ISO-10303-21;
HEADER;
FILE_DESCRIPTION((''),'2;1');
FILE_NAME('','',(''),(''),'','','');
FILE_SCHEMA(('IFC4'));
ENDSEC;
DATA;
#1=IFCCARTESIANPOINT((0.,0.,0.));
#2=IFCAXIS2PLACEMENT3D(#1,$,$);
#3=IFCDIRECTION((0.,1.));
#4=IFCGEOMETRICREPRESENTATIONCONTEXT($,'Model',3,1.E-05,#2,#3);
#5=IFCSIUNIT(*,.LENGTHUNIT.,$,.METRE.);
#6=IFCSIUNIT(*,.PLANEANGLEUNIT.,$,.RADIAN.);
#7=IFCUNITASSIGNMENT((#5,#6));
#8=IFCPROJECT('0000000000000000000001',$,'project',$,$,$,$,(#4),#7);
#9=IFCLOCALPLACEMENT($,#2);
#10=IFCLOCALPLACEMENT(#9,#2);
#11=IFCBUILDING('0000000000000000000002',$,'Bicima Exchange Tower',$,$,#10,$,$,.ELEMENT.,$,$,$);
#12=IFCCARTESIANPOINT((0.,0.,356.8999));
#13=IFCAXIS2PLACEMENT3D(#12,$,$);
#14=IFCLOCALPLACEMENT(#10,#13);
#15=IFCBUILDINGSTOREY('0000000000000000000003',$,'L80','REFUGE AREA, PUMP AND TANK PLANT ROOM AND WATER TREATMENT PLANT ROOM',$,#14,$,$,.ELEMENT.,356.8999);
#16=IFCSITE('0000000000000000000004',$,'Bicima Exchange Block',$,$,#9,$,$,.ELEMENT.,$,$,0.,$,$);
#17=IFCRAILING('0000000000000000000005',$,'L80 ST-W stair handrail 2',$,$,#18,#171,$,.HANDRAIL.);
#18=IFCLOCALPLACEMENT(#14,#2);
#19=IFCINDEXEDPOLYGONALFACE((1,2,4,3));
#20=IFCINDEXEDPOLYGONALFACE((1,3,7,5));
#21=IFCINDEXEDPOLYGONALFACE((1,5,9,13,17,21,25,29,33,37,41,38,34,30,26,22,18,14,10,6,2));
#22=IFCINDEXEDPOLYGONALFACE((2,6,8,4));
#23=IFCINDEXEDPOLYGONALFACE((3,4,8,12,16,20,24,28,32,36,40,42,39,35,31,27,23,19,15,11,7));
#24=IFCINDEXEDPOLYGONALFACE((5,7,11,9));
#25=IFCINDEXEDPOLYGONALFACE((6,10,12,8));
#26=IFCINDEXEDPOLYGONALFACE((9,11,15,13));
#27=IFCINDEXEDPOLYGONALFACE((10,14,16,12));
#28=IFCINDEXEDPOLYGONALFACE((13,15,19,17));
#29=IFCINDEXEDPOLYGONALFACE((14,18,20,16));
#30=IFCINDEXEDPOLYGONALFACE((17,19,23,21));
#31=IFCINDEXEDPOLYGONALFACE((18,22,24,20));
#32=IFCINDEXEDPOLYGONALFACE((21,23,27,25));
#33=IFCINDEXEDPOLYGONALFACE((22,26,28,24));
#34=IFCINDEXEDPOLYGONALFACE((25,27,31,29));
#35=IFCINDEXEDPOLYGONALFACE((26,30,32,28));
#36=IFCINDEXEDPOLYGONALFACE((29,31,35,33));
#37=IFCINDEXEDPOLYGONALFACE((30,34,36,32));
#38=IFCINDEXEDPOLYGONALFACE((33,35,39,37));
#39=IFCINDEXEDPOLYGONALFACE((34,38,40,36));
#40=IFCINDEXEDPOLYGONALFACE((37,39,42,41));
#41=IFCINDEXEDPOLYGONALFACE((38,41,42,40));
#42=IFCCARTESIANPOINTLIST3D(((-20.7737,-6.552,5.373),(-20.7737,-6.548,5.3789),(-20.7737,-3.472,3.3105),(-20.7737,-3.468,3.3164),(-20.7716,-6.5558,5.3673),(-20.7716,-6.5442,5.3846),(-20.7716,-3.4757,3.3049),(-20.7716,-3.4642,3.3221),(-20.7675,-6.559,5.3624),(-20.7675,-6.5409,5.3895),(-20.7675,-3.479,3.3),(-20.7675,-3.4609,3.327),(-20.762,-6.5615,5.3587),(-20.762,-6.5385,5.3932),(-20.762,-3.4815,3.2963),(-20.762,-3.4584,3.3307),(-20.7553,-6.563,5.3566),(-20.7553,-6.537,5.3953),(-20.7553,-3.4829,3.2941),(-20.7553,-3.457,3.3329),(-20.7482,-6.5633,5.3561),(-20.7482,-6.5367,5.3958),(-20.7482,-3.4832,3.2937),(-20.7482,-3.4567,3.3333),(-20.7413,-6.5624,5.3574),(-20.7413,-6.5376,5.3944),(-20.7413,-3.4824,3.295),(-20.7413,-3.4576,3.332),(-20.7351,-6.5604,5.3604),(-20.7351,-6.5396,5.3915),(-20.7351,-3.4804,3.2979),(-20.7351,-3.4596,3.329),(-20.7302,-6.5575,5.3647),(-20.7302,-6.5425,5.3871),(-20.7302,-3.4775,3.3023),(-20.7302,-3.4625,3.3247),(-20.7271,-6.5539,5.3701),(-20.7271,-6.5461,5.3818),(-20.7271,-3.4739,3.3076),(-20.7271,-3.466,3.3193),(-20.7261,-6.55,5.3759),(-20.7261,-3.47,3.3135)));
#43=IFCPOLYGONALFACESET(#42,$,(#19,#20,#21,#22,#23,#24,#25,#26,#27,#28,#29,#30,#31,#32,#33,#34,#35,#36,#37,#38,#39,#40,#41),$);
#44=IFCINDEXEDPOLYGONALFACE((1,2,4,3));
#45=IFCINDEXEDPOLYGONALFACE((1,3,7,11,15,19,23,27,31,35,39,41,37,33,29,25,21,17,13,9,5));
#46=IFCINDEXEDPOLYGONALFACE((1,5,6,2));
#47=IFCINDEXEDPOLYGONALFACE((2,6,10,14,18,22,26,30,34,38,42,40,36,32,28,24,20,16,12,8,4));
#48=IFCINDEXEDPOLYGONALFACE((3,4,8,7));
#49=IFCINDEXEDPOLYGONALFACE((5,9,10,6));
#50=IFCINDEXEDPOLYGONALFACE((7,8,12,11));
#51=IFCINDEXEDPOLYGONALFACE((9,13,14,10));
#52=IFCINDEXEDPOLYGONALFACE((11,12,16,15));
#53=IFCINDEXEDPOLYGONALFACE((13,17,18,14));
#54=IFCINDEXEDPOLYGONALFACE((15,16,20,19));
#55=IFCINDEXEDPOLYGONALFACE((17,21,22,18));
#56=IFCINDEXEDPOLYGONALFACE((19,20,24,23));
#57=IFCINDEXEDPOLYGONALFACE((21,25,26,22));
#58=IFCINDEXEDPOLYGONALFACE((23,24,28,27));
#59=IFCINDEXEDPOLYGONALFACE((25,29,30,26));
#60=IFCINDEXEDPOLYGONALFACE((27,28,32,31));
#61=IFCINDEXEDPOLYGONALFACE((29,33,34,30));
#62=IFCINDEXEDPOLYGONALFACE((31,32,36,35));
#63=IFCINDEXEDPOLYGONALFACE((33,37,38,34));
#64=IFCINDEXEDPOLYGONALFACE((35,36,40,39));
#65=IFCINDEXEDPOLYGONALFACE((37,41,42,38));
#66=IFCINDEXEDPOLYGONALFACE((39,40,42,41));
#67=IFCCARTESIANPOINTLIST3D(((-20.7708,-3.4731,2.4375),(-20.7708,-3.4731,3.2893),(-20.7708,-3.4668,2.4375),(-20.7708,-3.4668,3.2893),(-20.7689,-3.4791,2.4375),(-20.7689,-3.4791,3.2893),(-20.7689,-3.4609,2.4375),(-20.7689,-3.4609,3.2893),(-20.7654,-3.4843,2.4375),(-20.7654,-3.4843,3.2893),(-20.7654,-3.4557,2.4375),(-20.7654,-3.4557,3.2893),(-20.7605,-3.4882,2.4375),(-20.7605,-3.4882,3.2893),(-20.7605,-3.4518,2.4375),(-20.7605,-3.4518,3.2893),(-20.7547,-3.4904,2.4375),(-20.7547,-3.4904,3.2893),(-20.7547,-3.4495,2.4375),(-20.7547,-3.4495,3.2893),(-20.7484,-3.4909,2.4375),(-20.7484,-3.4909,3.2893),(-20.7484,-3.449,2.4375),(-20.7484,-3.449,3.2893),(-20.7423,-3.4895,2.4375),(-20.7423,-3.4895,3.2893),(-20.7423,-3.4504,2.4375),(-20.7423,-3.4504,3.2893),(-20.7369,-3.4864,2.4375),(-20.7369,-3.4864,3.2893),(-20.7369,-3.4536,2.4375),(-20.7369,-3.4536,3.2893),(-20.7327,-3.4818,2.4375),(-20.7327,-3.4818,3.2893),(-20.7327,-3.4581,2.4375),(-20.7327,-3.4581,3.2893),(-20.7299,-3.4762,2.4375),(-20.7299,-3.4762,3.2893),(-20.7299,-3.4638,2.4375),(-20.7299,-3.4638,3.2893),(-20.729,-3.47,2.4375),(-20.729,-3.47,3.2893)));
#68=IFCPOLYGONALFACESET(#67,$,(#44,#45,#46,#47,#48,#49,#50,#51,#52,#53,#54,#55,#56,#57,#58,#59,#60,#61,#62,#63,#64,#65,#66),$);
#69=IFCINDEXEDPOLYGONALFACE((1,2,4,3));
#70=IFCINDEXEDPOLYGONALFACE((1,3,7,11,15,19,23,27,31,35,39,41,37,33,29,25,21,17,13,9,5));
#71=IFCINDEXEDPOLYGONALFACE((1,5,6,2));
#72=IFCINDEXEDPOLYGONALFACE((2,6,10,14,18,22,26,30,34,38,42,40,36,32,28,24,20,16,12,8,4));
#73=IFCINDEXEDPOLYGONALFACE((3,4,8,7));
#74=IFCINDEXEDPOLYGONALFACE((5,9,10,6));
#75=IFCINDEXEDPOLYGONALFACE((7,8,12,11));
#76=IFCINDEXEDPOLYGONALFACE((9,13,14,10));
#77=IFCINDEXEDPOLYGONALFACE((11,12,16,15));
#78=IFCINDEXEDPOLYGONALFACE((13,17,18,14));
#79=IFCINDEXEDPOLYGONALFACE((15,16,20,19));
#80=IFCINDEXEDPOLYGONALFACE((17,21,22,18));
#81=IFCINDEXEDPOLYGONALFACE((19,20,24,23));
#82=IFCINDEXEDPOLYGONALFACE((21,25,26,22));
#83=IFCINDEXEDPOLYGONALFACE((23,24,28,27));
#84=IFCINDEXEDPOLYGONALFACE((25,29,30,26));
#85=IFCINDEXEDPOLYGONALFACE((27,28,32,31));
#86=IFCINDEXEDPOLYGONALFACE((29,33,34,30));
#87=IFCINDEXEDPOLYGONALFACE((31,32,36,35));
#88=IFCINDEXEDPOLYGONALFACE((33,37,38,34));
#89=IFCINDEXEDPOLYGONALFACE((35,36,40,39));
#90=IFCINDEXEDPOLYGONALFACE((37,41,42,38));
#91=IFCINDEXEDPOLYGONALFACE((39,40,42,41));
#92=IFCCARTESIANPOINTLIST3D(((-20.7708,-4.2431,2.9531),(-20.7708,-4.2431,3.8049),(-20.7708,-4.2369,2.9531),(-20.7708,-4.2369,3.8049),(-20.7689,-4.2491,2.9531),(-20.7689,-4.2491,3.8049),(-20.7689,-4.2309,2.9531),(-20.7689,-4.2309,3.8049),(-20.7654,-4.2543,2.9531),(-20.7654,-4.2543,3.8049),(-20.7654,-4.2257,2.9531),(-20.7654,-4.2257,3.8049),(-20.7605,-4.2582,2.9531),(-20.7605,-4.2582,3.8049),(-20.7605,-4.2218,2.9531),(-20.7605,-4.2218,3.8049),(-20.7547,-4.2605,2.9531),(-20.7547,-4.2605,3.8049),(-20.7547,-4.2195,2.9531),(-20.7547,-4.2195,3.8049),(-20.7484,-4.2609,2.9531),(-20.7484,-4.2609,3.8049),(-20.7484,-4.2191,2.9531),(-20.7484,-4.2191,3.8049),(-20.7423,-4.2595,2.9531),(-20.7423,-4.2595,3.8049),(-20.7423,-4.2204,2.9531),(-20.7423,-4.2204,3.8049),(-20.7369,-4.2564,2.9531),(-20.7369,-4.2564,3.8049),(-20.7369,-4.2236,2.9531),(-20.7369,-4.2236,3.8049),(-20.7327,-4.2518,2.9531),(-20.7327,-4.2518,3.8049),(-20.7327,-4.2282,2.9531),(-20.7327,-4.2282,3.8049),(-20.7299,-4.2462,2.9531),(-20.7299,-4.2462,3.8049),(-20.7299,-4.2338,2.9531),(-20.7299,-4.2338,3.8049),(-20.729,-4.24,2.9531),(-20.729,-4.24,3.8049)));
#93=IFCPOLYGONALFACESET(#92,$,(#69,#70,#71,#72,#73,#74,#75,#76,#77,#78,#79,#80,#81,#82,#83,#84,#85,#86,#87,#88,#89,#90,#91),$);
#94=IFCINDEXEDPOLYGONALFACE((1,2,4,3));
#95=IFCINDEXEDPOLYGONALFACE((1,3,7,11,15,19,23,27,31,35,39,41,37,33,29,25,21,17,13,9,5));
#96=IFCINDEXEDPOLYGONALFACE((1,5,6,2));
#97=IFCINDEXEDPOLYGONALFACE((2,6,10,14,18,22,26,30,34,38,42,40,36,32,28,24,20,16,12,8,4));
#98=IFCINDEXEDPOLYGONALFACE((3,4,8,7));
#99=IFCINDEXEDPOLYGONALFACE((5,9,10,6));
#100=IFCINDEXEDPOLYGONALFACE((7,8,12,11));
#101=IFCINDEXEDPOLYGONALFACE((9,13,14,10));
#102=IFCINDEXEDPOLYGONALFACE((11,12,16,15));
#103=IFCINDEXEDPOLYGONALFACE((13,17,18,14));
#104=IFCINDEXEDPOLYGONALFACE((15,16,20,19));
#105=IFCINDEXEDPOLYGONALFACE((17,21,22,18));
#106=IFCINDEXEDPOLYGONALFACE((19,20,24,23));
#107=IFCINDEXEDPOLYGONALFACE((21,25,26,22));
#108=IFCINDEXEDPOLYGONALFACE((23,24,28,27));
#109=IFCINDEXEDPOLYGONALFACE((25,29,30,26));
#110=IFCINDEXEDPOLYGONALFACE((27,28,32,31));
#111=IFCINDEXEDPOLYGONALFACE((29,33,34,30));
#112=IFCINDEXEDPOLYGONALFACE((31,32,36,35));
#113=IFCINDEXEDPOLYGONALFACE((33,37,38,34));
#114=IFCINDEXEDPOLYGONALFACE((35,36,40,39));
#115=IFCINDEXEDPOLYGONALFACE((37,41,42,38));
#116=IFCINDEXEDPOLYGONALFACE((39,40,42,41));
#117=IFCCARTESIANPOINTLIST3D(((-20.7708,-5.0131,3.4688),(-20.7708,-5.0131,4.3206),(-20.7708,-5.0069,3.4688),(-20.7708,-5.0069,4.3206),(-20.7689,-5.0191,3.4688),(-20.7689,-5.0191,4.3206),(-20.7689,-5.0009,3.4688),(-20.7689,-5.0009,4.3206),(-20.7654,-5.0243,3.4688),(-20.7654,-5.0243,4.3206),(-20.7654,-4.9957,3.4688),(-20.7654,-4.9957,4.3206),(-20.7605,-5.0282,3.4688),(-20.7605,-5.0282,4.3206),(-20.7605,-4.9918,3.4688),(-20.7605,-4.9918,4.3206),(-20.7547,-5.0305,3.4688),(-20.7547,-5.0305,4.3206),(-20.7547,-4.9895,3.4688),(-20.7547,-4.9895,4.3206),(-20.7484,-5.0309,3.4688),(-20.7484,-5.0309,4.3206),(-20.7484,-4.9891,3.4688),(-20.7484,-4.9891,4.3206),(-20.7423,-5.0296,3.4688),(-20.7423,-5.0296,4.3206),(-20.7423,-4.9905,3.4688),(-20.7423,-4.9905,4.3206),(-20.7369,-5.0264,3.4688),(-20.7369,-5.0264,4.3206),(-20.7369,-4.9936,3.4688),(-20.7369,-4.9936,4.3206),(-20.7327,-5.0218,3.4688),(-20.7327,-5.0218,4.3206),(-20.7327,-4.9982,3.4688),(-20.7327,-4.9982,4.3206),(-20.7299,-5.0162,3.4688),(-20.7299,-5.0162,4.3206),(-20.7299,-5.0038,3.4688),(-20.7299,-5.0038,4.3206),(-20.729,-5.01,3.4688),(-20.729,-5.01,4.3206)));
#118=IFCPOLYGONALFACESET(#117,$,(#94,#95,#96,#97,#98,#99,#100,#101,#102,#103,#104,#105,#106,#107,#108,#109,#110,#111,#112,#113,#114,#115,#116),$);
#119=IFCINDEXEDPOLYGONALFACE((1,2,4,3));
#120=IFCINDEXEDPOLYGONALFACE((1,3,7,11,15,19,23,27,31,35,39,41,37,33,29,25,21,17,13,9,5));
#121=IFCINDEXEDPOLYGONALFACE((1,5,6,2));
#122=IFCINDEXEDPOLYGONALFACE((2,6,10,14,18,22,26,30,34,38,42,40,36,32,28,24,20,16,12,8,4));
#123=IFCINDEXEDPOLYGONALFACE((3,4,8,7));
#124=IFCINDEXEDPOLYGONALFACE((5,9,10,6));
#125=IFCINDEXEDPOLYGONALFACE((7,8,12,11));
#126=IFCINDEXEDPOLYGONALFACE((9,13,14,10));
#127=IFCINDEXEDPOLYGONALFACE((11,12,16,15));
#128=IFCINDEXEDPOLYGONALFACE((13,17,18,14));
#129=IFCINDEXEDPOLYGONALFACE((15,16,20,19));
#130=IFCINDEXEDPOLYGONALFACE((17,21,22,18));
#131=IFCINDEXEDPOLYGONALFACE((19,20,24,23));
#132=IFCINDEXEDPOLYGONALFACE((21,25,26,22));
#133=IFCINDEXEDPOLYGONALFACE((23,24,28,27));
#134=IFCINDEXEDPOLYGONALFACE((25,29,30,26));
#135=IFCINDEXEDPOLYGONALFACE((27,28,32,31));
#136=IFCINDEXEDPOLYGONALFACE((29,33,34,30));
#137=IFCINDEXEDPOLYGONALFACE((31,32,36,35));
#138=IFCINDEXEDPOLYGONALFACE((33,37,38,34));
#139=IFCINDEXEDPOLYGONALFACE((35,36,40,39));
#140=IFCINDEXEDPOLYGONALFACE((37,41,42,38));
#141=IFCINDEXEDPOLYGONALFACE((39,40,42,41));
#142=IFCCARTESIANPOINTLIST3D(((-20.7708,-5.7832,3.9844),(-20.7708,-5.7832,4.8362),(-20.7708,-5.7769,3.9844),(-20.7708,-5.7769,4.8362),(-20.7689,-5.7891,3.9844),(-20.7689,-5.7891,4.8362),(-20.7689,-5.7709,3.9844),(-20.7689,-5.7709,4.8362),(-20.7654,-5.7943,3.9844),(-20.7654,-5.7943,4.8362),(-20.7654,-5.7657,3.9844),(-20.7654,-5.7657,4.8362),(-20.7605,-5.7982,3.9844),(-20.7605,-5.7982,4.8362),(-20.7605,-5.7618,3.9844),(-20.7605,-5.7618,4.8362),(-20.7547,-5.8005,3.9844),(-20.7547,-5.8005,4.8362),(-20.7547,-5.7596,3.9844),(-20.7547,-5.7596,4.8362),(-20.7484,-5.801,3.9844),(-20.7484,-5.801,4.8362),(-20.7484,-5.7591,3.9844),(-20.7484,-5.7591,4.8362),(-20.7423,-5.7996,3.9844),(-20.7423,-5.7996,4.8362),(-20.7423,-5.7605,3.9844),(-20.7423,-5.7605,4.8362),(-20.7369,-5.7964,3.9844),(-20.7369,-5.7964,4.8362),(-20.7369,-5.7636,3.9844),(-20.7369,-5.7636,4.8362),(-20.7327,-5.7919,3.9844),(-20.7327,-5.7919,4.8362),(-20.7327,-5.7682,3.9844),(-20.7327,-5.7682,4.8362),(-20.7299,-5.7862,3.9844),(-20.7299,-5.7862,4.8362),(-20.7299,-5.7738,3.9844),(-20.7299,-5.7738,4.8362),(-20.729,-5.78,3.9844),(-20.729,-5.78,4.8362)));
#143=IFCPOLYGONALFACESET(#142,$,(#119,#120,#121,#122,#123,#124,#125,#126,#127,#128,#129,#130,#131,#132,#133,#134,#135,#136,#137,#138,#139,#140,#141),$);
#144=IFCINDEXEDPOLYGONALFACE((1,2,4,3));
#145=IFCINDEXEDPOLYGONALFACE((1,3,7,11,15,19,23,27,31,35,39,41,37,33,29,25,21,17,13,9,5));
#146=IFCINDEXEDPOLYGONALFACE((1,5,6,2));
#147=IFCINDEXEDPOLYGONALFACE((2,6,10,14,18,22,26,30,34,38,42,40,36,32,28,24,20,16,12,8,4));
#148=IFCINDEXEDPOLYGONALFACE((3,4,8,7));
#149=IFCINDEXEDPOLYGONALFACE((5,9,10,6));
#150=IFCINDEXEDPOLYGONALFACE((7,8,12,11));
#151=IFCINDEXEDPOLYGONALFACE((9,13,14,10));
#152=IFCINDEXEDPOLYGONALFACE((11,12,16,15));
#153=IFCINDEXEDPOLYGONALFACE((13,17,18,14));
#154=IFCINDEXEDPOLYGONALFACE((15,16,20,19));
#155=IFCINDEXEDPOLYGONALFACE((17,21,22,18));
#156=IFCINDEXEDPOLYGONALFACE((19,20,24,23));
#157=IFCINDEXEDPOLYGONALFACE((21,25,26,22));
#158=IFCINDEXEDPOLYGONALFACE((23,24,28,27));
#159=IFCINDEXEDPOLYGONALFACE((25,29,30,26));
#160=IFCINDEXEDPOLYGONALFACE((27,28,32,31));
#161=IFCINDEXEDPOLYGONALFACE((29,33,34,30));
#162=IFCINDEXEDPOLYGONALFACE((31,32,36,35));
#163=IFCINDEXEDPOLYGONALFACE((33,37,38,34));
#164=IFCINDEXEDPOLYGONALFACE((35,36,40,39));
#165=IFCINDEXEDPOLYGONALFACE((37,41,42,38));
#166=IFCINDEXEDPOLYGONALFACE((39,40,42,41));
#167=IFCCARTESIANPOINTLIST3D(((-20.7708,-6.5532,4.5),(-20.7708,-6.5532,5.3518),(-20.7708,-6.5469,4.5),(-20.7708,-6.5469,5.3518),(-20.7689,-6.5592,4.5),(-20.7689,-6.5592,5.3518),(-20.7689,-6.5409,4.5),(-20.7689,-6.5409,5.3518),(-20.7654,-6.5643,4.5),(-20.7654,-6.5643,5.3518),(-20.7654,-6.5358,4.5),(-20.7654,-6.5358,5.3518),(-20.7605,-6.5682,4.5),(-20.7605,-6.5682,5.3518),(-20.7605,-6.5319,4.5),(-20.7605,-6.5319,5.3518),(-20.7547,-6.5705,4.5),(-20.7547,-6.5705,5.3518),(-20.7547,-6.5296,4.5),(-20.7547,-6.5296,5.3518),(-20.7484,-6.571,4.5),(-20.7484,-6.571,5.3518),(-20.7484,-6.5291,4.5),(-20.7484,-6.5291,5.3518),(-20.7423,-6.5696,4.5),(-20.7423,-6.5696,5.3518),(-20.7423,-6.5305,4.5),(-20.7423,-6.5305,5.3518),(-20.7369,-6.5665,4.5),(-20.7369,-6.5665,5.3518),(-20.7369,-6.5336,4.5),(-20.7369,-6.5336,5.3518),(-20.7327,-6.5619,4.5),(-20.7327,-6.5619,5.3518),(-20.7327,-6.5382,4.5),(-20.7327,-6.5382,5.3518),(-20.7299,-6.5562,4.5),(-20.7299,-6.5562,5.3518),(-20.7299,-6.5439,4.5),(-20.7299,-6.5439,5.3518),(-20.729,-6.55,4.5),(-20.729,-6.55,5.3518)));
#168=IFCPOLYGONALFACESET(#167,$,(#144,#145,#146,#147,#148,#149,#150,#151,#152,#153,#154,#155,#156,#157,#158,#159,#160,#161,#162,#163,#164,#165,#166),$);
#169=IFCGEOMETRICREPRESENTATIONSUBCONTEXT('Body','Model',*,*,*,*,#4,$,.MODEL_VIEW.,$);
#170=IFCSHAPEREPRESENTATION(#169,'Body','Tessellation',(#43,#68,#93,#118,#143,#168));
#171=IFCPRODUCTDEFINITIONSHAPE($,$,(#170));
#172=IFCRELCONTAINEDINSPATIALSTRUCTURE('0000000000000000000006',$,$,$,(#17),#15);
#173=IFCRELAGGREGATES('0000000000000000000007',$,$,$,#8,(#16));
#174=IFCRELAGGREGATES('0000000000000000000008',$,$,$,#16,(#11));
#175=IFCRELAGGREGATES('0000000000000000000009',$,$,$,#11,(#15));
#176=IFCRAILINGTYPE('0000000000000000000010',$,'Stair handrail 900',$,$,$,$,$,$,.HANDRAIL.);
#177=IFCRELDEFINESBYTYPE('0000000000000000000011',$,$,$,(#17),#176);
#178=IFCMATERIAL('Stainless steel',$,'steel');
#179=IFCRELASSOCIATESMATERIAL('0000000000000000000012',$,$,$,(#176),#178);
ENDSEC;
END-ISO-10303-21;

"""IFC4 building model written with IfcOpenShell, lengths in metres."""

from ifc_helpers import new_model, si_unit, direction, frame, origin, origin_2d, place, context, subcontext, project, spatial, circle, extrude, material, type_object, element, save


model = new_model("IFC4")

# Units and contexts
model_context = context("Model", 3, precision=1e-05, world=origin(), true_north=direction((0.0, 1.0)))
body_context = subcontext(model_context, "Body", "Model", "MODEL_VIEW")
ifc_project = project(units=[si_unit("LENGTHUNIT", "METRE"), si_unit("PLANEANGLEUNIT", "RADIAN")], contexts=[model_context])

# Site, building, storey
site_placement = place(None, origin())
site = spatial("IfcSite", under=ifc_project, at=site_placement, Name="Bicima Exchange Block", CompositionType="ELEMENT", RefElevation=0.0)
building_placement = place(site_placement, origin())
building = spatial("IfcBuilding", under=site, at=building_placement, Name="Bicima Exchange Tower", CompositionType="ELEMENT")
storey_placement = place(building_placement, frame((0.0, 0.0, 356.8999)))
storey = spatial("IfcBuildingStorey", under=building, at=storey_placement, Name="L80", Description="REFUGE AREA, PUMP AND TANK PLANT ROOM AND WATER TREATMENT PLANT ROOM", CompositionType="ELEMENT", Elevation=356.8999)

# Shared definitions
ifc_material_1 = material(Name="Stainless steel", Category="steel")

# Railing
railing_type_1 = type_object("IfcRailingType", Name="Stair handrail 900", PredefinedType="HANDRAIL", material=ifc_material_1)
railing_1_placement = place(storey_placement, frame((-20.75, -3.47, 2.4375)))
element("IfcRailing", 1, at=railing_1_placement, inside=storey, type_object=railing_type_1, Name="L80 ST-W stair handrail 2", PredefinedType="HANDRAIL", context=body_context, shape_type="SweptSolid", body=[
    extrude(circle(Radius=0.0239, at=origin_2d()), frame((0.0, 0.0, 0.876), z_axis=(0.0, -0.830914, 0.556401), x_axis=(1.0, 0.0, 0.0)), (0.0, 0.0, 1.0), 3.7068),
    extrude(circle(Radius=0.021, at=origin_2d()), origin(), (0.0, 0.0, 1.0), 0.8518),
    extrude(circle(Radius=0.021, at=origin_2d()), frame((0.0, -0.77, 0.5156)), (0.0, 0.0, 1.0), 0.8518),
    extrude(circle(Radius=0.021, at=origin_2d()), frame((0.0, -1.54, 1.0312)), (0.0, 0.0, 1.0), 0.8518),
    extrude(circle(Radius=0.021, at=origin_2d()), frame((0.0, -2.3101, 1.5469)), (0.0, 0.0, 1.0), 0.8518),
    extrude(circle(Radius=0.021, at=origin_2d()), frame((0.0, -3.0801, 2.0625)), (0.0, 0.0, 1.0), 0.8518),
])

save(model, "model.ifc")
